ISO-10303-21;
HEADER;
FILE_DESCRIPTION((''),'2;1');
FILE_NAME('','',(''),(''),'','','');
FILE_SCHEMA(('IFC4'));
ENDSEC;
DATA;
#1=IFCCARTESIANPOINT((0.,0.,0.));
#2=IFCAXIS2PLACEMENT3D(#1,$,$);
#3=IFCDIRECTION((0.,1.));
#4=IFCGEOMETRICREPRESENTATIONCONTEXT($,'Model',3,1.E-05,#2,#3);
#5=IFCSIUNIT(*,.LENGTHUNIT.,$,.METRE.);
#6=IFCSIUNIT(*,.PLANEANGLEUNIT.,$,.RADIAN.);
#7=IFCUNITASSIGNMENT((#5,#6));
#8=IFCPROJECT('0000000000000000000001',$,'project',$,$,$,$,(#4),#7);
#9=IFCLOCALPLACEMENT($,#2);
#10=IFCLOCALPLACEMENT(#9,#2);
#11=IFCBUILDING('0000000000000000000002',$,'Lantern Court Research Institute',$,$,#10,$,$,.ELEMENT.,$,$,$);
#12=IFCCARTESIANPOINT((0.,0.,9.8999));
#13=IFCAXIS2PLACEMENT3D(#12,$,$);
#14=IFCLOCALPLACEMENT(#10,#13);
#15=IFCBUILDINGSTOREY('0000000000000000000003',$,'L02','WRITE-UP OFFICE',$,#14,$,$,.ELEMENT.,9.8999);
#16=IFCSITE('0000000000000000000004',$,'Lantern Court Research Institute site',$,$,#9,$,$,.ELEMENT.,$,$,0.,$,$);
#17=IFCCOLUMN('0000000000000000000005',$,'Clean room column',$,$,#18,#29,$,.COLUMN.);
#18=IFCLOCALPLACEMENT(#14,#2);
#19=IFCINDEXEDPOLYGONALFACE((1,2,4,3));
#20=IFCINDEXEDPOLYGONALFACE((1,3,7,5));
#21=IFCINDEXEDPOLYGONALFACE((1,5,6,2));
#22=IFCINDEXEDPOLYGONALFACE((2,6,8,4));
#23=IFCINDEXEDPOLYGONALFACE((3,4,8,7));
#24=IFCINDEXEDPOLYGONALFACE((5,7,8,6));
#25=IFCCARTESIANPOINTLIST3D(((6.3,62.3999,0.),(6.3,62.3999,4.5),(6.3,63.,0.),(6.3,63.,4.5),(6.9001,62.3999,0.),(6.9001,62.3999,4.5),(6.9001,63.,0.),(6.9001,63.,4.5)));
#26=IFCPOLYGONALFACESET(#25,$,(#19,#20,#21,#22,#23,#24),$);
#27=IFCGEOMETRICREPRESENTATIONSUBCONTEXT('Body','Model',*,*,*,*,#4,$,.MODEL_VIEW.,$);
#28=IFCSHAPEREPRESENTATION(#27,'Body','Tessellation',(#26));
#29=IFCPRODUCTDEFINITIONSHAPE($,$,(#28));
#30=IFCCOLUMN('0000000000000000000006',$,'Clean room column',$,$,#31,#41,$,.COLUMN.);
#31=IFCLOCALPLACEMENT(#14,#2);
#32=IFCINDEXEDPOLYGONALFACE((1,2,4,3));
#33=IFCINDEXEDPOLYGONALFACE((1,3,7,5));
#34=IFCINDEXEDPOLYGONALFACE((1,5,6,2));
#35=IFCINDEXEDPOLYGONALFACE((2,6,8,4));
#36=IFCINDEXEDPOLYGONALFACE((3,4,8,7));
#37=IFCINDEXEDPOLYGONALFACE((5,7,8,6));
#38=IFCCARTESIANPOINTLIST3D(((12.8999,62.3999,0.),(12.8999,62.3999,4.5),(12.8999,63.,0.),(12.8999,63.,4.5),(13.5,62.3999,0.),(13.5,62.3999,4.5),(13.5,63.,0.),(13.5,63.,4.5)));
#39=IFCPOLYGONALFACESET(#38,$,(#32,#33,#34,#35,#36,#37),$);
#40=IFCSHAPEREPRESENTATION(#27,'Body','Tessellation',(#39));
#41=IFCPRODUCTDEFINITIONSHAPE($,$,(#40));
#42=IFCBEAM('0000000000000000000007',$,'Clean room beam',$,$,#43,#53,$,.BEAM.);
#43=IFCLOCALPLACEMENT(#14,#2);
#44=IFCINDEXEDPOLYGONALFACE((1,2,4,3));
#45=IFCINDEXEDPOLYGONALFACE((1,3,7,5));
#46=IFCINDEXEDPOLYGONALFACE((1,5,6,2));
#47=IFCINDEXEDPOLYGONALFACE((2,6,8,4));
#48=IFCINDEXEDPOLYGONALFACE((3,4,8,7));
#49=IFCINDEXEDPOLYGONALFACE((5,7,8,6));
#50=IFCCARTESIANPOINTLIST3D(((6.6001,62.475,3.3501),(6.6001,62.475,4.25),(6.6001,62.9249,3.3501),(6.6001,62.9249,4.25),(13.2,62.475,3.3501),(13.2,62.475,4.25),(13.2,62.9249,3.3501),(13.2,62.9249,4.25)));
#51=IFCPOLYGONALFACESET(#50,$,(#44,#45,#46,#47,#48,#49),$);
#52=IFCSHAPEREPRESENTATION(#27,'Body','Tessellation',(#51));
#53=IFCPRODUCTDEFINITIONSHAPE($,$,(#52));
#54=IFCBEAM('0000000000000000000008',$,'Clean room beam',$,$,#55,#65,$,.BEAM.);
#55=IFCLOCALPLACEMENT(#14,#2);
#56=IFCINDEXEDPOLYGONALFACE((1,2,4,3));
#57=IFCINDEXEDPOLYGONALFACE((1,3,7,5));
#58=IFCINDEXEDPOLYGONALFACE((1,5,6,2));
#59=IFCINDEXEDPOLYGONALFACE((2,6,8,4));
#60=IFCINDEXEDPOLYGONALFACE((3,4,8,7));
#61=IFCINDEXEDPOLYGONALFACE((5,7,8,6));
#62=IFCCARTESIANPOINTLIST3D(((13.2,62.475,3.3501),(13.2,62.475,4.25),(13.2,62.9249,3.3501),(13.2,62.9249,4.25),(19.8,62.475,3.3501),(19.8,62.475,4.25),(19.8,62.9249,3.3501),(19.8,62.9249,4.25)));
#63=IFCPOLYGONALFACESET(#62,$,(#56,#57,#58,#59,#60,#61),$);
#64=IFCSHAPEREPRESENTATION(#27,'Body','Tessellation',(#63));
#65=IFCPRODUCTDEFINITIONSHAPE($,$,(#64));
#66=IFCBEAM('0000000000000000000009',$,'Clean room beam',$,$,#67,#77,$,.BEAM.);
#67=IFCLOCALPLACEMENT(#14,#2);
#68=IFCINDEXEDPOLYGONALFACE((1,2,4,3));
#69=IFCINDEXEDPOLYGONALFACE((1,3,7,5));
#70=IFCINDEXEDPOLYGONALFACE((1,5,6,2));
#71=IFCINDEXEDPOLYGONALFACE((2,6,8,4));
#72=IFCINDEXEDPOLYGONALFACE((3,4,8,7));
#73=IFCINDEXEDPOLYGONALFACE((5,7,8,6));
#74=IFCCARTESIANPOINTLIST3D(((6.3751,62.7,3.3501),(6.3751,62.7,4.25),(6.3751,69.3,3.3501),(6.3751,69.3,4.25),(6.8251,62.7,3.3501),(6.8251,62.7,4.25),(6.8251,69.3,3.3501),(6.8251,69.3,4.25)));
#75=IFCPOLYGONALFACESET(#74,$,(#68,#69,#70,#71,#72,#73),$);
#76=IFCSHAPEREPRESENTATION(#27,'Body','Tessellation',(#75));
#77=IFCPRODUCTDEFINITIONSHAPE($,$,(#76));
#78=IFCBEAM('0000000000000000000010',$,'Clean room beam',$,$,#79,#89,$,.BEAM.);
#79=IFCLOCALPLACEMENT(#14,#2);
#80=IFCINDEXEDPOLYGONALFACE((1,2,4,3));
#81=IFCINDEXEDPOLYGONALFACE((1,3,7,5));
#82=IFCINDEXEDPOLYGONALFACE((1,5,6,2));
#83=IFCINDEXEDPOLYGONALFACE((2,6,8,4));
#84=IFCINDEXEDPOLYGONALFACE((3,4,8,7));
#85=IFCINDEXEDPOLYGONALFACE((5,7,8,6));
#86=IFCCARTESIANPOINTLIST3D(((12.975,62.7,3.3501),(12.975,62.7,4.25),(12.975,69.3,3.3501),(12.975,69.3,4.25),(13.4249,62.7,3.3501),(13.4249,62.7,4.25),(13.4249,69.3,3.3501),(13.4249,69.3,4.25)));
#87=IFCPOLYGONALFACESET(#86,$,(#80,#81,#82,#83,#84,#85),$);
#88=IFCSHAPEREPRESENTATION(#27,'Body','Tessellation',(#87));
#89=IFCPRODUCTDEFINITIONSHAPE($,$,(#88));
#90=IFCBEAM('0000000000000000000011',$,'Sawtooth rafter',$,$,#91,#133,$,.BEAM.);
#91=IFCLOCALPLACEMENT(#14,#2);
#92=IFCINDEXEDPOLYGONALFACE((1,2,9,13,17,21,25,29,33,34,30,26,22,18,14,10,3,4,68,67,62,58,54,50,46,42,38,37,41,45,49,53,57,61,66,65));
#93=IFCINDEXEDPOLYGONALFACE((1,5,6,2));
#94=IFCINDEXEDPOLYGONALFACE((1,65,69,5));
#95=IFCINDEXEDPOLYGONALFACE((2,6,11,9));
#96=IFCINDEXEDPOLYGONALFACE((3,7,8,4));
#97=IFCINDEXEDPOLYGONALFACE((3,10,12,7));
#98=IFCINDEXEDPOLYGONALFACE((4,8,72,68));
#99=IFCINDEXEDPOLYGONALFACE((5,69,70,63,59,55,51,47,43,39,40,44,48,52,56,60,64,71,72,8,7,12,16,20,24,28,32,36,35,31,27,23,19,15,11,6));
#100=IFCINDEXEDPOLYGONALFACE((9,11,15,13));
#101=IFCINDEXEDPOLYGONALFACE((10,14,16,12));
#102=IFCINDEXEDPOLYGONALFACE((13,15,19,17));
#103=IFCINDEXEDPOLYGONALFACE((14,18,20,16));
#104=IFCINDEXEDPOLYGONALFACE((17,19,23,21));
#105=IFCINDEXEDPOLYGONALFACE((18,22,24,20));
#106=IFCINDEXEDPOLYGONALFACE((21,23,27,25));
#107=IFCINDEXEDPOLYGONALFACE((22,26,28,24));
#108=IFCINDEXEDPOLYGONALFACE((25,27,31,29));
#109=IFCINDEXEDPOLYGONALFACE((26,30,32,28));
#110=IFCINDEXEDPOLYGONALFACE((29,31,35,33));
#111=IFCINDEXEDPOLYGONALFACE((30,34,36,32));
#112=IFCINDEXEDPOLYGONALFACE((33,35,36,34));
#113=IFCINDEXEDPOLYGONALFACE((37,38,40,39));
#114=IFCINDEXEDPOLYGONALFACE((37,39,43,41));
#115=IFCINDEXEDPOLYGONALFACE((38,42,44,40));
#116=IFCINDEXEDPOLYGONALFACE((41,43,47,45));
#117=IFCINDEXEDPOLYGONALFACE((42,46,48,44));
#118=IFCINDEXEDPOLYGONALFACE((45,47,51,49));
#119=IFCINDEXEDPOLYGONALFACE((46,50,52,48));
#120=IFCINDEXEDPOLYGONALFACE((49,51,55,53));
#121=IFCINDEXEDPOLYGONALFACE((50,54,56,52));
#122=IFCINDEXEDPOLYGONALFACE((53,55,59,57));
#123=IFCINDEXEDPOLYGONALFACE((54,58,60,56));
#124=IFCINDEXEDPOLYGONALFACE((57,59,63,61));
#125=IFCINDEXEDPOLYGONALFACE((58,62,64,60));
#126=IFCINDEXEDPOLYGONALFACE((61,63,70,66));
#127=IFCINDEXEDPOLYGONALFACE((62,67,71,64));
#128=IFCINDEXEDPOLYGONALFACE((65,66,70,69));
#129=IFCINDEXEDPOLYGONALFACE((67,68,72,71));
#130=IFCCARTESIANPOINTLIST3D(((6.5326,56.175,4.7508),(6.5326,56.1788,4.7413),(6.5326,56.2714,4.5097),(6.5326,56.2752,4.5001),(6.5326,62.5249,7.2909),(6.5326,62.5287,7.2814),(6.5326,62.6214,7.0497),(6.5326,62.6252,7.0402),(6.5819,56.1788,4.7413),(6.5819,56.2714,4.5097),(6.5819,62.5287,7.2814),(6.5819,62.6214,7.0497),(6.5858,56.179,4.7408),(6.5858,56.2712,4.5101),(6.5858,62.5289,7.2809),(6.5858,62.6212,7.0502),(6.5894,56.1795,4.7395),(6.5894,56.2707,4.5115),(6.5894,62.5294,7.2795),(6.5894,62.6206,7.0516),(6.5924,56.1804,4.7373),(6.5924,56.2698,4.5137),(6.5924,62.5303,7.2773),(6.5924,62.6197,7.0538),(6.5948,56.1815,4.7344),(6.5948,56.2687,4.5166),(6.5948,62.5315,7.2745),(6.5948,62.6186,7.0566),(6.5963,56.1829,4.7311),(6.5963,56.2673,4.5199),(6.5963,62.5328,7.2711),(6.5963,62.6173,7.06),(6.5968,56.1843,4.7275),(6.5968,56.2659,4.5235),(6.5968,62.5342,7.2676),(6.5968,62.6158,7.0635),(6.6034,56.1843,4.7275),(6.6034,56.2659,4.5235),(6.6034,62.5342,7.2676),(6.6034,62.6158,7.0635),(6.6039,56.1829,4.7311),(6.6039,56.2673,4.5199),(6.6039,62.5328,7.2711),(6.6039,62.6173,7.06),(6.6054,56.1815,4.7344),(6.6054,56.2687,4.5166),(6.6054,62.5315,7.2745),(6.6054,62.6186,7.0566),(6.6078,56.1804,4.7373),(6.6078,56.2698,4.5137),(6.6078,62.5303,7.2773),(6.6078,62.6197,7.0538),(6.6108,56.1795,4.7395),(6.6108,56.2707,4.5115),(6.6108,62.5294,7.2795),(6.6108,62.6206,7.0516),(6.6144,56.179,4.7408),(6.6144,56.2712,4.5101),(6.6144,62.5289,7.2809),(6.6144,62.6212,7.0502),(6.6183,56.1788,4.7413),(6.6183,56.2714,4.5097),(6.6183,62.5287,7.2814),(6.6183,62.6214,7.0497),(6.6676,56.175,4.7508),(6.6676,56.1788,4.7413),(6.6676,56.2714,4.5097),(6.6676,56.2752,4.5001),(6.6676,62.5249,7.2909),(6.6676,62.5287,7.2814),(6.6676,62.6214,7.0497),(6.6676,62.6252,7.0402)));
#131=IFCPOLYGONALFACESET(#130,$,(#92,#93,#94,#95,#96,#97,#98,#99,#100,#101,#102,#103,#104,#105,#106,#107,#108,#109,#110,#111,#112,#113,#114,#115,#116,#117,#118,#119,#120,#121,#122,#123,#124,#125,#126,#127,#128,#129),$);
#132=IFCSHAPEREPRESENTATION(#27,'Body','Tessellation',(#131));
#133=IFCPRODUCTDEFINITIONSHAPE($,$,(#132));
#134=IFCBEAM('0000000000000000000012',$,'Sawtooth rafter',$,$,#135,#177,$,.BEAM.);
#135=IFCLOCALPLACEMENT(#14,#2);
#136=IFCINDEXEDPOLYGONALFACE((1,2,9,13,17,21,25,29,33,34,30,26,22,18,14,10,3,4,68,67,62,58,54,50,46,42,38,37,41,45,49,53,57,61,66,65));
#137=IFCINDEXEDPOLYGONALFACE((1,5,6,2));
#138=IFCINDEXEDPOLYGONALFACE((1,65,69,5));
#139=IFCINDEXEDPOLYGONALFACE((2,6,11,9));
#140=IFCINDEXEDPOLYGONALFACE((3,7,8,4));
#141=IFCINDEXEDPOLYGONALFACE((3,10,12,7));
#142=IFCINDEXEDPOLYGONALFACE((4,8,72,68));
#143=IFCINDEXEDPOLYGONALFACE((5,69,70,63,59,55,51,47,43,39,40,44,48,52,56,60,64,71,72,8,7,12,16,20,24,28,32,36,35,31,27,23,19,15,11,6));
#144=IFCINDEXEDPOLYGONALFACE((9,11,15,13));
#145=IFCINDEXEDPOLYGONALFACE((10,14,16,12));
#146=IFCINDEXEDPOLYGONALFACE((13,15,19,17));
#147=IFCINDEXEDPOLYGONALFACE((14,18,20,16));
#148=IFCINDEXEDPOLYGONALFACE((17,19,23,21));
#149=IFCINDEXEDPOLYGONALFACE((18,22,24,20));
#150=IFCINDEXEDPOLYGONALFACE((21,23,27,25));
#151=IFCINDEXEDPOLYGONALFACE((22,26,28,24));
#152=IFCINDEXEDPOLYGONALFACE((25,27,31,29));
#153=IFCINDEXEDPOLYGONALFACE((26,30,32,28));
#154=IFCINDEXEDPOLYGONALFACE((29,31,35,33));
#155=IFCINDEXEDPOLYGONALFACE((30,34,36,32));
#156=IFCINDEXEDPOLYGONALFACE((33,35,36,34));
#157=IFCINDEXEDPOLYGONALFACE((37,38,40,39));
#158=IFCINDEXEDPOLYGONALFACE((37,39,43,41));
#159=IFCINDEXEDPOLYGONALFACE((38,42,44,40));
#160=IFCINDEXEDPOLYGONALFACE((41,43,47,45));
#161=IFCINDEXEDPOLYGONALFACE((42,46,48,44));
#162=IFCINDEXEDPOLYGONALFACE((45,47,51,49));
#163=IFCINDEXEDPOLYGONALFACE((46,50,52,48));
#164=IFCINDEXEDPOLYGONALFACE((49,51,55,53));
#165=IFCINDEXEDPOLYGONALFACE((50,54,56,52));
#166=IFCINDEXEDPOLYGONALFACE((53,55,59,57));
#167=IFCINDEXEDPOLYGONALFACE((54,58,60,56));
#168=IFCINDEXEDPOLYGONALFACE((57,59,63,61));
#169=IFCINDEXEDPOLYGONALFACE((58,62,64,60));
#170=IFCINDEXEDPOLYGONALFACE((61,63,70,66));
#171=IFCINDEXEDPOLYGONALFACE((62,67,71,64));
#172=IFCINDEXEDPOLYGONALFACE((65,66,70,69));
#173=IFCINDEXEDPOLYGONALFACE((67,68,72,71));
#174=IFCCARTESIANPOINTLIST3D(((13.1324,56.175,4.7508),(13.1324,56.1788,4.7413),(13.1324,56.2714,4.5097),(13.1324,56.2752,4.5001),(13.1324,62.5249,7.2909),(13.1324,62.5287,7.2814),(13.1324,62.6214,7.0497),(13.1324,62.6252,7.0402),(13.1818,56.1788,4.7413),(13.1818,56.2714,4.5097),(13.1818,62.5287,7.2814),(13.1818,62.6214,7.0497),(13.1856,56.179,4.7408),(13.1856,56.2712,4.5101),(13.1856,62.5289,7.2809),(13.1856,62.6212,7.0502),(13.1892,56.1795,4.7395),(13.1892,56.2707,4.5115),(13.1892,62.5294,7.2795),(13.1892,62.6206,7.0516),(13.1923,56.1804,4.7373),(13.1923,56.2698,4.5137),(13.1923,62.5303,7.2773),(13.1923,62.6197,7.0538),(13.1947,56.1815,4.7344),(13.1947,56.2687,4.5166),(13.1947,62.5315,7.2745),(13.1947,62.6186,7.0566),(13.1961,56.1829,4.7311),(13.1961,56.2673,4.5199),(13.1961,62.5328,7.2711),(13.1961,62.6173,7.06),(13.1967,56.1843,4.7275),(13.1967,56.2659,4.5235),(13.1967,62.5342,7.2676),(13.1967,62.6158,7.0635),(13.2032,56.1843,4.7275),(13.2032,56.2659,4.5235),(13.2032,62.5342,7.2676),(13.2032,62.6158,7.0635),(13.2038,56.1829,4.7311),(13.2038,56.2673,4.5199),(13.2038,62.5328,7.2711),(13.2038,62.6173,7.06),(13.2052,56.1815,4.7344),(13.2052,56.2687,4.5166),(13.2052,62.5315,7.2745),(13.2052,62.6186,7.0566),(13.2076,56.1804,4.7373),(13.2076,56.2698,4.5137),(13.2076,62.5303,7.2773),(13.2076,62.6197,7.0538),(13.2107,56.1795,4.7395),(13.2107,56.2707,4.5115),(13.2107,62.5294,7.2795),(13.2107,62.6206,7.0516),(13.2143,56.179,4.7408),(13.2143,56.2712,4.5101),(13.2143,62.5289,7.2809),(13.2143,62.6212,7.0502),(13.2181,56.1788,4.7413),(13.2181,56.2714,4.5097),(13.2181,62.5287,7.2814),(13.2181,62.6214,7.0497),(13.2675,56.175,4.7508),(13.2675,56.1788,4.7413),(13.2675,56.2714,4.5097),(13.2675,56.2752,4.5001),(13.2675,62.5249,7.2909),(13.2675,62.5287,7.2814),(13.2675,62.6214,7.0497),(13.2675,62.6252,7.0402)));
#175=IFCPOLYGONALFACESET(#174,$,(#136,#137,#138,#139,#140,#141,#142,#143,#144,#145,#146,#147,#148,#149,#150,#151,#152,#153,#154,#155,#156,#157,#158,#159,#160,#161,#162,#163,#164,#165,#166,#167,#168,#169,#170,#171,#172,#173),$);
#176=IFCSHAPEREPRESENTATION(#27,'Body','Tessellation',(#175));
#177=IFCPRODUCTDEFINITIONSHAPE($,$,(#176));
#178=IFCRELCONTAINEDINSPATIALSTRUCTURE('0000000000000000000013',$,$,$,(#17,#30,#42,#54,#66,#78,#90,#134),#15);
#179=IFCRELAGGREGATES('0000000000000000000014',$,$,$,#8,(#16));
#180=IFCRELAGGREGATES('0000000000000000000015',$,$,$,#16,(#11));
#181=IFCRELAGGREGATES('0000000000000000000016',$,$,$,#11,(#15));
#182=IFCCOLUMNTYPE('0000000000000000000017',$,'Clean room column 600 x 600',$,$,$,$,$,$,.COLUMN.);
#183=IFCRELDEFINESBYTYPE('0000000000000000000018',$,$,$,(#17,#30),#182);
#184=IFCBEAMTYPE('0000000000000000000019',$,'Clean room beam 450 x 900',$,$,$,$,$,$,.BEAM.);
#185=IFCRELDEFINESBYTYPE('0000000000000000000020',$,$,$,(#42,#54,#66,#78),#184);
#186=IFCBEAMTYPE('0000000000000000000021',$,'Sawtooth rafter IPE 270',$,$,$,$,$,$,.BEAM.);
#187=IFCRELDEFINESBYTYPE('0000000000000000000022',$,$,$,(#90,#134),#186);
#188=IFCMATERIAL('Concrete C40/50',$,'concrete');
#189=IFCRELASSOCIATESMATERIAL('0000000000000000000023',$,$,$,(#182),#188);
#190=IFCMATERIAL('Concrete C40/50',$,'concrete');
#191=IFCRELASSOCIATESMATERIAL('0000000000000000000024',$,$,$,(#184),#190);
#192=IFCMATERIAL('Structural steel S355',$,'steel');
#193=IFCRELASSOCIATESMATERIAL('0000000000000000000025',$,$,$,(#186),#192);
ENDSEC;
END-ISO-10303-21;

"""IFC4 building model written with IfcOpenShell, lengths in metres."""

from ifc_helpers import new_model, si_unit, direction, frame, origin, origin_2d, place, context, subcontext, project, spatial, rectangle, i_section, extrude, material, material_profile, profile_set, type_object, element, save


model = new_model("IFC4")

# Units and contexts
model_context = context("Model", 3, precision=1e-05, world=origin(), true_north=direction((0.0, 1.0)))
body_context = subcontext(model_context, "Body", "Model", "MODEL_VIEW")
ifc_project = project(units=[si_unit("LENGTHUNIT", "METRE"), si_unit("PLANEANGLEUNIT", "RADIAN")], contexts=[model_context])

# Site, building, storey
site_placement = place(None, origin())
site = spatial("IfcSite", under=ifc_project, at=site_placement, Name="Lantern Court Research Institute site", CompositionType="ELEMENT", RefElevation=0.0)
building_placement = place(site_placement, origin())
building = spatial("IfcBuilding", under=site, at=building_placement, Name="Lantern Court Research Institute", CompositionType="ELEMENT")
storey_placement = place(building_placement, frame((0.0, 0.0, 9.8999)))
storey = spatial("IfcBuildingStorey", under=building, at=storey_placement, Name="L02", Description="WRITE-UP OFFICE", CompositionType="ELEMENT", Elevation=9.8999)

# Columns
ifc_material_1 = material(Name="Concrete C40/50", Category="concrete")
ifc_material_profile_1 = material_profile(ifc_material_1, rectangle(XDim=0.6001, YDim=0.6001, at=origin_2d()), Name="Clean room column 600 x 600")
ifc_profile_set_1 = profile_set([ifc_material_profile_1], Name="Concrete C40/50")
column_type = type_object("IfcColumnType", Name="Clean room column 600 x 600", PredefinedType="COLUMN", material=ifc_profile_set_1)
for number, where, z_axis, x_axis, name in (
    (1, (6.6001, 62.7, 0.0), (0.0, 0.0, 1.0), (1.0, 0.0, 0.0), "Clean room column"),
    (2, (13.2, 62.7, 0.0), (0.0, 0.0, 1.0), (1.0, 0.0, 0.0), "Clean room column"),
):
    element("IfcColumn", number, at=place(storey_placement, frame(where, z_axis=z_axis, x_axis=x_axis)), inside=storey, type_object=column_type, Name=name, PredefinedType="COLUMN", context=body_context, shape_type="SweptSolid", body=[
        extrude(rectangle(XDim=0.6001, YDim=0.6001, at=origin_2d()), origin(), (0.0, 0.0, 1.0), 4.5),
    ])

# Beams
ifc_material_2 = material(Name="Concrete C40/50", Category="concrete")
ifc_material_profile_2 = material_profile(ifc_material_2, rectangle(XDim=0.45, YDim=0.8999, at=origin_2d()), Name="Clean room beam 450 x 900")
ifc_profile_set_2 = profile_set([ifc_material_profile_2], Name="Concrete C40/50")
beam_type_1 = type_object("IfcBeamType", Name="Clean room beam 450 x 900", PredefinedType="BEAM", material=ifc_profile_set_2)
beam_placement = place(storey_placement, frame((6.6001, 62.7, 3.8), z_axis=(1.0, 0.0, 0.0), x_axis=(0.0, 1.0, 0.0)))
element("IfcBeam", 3, at=beam_placement, inside=storey, type_object=beam_type_1, Name="Clean room beam", PredefinedType="BEAM", context=body_context, shape_type="SweptSolid", body=[
    extrude(rectangle(XDim=0.45, YDim=0.8999, at=origin_2d()), origin(), (0.0, 0.0, 1.0), 6.5999),
])
for number, where, z_axis, x_axis, name in (
    (4, (13.2, 62.7, 3.8), (1.0, 0.0, 0.0), (0.0, 1.0, 0.0), "Clean room beam"),
    (5, (6.6001, 62.7, 3.8), (0.0, 1.0, 0.0), (-1.0, 0.0, 0.0), "Clean room beam"),
    (6, (13.2, 62.7, 3.8), (0.0, 1.0, 0.0), (-1.0, 0.0, 0.0), "Clean room beam"),
):
    element("IfcBeam", number, at=place(storey_placement, frame(where, z_axis=z_axis, x_axis=x_axis)), inside=storey, type_object=beam_type_1, Name=name, PredefinedType="BEAM", context=body_context, shape_type="SweptSolid", body=[
        extrude(rectangle(XDim=0.45, YDim=0.8999, at=origin_2d()), origin(), (0.0, 0.0, 1.0), 6.6001),
    ])
ifc_material_3 = material(Name="Structural steel S355", Category="steel")
ifc_material_profile_3 = material_profile(ifc_material_3, i_section(OverallWidth=0.135, OverallDepth=0.27, WebThickness=0.0066, FlangeThickness=0.0103, FilletRadius=0.0149, at=origin_2d()), Name="IPE 270")
ifc_profile_set_3 = profile_set([ifc_material_profile_3], Name="Structural steel S355")
beam_type_2 = type_object("IfcBeamType", Name="Sawtooth rafter IPE 270", PredefinedType="BEAM", material=ifc_profile_set_3)
for number, where, z_axis, x_axis, name in (
    (7, (6.6001, 56.2251, 4.6255), (0.0, 0.928472, 0.371403), (-1.0, 0.0, 0.0), "Sawtooth rafter"),
    (8, (13.2, 56.2251, 4.6255), (0.0, 0.928472, 0.371403), (-1.0, 0.0, 0.0), "Sawtooth rafter"),
):
    element("IfcBeam", number, at=place(storey_placement, frame(where, z_axis=z_axis, x_axis=x_axis)), inside=storey, type_object=beam_type_2, Name=name, PredefinedType="BEAM", context=body_context, shape_type="SweptSolid", body=[
        extrude(i_section(OverallWidth=0.135, OverallDepth=0.27, WebThickness=0.0066, FlangeThickness=0.0103, FilletRadius=0.0149, at=origin_2d()), origin(), (0.0, 0.0, 1.0), 6.8391),
    ])

save(model, "model.ifc")
